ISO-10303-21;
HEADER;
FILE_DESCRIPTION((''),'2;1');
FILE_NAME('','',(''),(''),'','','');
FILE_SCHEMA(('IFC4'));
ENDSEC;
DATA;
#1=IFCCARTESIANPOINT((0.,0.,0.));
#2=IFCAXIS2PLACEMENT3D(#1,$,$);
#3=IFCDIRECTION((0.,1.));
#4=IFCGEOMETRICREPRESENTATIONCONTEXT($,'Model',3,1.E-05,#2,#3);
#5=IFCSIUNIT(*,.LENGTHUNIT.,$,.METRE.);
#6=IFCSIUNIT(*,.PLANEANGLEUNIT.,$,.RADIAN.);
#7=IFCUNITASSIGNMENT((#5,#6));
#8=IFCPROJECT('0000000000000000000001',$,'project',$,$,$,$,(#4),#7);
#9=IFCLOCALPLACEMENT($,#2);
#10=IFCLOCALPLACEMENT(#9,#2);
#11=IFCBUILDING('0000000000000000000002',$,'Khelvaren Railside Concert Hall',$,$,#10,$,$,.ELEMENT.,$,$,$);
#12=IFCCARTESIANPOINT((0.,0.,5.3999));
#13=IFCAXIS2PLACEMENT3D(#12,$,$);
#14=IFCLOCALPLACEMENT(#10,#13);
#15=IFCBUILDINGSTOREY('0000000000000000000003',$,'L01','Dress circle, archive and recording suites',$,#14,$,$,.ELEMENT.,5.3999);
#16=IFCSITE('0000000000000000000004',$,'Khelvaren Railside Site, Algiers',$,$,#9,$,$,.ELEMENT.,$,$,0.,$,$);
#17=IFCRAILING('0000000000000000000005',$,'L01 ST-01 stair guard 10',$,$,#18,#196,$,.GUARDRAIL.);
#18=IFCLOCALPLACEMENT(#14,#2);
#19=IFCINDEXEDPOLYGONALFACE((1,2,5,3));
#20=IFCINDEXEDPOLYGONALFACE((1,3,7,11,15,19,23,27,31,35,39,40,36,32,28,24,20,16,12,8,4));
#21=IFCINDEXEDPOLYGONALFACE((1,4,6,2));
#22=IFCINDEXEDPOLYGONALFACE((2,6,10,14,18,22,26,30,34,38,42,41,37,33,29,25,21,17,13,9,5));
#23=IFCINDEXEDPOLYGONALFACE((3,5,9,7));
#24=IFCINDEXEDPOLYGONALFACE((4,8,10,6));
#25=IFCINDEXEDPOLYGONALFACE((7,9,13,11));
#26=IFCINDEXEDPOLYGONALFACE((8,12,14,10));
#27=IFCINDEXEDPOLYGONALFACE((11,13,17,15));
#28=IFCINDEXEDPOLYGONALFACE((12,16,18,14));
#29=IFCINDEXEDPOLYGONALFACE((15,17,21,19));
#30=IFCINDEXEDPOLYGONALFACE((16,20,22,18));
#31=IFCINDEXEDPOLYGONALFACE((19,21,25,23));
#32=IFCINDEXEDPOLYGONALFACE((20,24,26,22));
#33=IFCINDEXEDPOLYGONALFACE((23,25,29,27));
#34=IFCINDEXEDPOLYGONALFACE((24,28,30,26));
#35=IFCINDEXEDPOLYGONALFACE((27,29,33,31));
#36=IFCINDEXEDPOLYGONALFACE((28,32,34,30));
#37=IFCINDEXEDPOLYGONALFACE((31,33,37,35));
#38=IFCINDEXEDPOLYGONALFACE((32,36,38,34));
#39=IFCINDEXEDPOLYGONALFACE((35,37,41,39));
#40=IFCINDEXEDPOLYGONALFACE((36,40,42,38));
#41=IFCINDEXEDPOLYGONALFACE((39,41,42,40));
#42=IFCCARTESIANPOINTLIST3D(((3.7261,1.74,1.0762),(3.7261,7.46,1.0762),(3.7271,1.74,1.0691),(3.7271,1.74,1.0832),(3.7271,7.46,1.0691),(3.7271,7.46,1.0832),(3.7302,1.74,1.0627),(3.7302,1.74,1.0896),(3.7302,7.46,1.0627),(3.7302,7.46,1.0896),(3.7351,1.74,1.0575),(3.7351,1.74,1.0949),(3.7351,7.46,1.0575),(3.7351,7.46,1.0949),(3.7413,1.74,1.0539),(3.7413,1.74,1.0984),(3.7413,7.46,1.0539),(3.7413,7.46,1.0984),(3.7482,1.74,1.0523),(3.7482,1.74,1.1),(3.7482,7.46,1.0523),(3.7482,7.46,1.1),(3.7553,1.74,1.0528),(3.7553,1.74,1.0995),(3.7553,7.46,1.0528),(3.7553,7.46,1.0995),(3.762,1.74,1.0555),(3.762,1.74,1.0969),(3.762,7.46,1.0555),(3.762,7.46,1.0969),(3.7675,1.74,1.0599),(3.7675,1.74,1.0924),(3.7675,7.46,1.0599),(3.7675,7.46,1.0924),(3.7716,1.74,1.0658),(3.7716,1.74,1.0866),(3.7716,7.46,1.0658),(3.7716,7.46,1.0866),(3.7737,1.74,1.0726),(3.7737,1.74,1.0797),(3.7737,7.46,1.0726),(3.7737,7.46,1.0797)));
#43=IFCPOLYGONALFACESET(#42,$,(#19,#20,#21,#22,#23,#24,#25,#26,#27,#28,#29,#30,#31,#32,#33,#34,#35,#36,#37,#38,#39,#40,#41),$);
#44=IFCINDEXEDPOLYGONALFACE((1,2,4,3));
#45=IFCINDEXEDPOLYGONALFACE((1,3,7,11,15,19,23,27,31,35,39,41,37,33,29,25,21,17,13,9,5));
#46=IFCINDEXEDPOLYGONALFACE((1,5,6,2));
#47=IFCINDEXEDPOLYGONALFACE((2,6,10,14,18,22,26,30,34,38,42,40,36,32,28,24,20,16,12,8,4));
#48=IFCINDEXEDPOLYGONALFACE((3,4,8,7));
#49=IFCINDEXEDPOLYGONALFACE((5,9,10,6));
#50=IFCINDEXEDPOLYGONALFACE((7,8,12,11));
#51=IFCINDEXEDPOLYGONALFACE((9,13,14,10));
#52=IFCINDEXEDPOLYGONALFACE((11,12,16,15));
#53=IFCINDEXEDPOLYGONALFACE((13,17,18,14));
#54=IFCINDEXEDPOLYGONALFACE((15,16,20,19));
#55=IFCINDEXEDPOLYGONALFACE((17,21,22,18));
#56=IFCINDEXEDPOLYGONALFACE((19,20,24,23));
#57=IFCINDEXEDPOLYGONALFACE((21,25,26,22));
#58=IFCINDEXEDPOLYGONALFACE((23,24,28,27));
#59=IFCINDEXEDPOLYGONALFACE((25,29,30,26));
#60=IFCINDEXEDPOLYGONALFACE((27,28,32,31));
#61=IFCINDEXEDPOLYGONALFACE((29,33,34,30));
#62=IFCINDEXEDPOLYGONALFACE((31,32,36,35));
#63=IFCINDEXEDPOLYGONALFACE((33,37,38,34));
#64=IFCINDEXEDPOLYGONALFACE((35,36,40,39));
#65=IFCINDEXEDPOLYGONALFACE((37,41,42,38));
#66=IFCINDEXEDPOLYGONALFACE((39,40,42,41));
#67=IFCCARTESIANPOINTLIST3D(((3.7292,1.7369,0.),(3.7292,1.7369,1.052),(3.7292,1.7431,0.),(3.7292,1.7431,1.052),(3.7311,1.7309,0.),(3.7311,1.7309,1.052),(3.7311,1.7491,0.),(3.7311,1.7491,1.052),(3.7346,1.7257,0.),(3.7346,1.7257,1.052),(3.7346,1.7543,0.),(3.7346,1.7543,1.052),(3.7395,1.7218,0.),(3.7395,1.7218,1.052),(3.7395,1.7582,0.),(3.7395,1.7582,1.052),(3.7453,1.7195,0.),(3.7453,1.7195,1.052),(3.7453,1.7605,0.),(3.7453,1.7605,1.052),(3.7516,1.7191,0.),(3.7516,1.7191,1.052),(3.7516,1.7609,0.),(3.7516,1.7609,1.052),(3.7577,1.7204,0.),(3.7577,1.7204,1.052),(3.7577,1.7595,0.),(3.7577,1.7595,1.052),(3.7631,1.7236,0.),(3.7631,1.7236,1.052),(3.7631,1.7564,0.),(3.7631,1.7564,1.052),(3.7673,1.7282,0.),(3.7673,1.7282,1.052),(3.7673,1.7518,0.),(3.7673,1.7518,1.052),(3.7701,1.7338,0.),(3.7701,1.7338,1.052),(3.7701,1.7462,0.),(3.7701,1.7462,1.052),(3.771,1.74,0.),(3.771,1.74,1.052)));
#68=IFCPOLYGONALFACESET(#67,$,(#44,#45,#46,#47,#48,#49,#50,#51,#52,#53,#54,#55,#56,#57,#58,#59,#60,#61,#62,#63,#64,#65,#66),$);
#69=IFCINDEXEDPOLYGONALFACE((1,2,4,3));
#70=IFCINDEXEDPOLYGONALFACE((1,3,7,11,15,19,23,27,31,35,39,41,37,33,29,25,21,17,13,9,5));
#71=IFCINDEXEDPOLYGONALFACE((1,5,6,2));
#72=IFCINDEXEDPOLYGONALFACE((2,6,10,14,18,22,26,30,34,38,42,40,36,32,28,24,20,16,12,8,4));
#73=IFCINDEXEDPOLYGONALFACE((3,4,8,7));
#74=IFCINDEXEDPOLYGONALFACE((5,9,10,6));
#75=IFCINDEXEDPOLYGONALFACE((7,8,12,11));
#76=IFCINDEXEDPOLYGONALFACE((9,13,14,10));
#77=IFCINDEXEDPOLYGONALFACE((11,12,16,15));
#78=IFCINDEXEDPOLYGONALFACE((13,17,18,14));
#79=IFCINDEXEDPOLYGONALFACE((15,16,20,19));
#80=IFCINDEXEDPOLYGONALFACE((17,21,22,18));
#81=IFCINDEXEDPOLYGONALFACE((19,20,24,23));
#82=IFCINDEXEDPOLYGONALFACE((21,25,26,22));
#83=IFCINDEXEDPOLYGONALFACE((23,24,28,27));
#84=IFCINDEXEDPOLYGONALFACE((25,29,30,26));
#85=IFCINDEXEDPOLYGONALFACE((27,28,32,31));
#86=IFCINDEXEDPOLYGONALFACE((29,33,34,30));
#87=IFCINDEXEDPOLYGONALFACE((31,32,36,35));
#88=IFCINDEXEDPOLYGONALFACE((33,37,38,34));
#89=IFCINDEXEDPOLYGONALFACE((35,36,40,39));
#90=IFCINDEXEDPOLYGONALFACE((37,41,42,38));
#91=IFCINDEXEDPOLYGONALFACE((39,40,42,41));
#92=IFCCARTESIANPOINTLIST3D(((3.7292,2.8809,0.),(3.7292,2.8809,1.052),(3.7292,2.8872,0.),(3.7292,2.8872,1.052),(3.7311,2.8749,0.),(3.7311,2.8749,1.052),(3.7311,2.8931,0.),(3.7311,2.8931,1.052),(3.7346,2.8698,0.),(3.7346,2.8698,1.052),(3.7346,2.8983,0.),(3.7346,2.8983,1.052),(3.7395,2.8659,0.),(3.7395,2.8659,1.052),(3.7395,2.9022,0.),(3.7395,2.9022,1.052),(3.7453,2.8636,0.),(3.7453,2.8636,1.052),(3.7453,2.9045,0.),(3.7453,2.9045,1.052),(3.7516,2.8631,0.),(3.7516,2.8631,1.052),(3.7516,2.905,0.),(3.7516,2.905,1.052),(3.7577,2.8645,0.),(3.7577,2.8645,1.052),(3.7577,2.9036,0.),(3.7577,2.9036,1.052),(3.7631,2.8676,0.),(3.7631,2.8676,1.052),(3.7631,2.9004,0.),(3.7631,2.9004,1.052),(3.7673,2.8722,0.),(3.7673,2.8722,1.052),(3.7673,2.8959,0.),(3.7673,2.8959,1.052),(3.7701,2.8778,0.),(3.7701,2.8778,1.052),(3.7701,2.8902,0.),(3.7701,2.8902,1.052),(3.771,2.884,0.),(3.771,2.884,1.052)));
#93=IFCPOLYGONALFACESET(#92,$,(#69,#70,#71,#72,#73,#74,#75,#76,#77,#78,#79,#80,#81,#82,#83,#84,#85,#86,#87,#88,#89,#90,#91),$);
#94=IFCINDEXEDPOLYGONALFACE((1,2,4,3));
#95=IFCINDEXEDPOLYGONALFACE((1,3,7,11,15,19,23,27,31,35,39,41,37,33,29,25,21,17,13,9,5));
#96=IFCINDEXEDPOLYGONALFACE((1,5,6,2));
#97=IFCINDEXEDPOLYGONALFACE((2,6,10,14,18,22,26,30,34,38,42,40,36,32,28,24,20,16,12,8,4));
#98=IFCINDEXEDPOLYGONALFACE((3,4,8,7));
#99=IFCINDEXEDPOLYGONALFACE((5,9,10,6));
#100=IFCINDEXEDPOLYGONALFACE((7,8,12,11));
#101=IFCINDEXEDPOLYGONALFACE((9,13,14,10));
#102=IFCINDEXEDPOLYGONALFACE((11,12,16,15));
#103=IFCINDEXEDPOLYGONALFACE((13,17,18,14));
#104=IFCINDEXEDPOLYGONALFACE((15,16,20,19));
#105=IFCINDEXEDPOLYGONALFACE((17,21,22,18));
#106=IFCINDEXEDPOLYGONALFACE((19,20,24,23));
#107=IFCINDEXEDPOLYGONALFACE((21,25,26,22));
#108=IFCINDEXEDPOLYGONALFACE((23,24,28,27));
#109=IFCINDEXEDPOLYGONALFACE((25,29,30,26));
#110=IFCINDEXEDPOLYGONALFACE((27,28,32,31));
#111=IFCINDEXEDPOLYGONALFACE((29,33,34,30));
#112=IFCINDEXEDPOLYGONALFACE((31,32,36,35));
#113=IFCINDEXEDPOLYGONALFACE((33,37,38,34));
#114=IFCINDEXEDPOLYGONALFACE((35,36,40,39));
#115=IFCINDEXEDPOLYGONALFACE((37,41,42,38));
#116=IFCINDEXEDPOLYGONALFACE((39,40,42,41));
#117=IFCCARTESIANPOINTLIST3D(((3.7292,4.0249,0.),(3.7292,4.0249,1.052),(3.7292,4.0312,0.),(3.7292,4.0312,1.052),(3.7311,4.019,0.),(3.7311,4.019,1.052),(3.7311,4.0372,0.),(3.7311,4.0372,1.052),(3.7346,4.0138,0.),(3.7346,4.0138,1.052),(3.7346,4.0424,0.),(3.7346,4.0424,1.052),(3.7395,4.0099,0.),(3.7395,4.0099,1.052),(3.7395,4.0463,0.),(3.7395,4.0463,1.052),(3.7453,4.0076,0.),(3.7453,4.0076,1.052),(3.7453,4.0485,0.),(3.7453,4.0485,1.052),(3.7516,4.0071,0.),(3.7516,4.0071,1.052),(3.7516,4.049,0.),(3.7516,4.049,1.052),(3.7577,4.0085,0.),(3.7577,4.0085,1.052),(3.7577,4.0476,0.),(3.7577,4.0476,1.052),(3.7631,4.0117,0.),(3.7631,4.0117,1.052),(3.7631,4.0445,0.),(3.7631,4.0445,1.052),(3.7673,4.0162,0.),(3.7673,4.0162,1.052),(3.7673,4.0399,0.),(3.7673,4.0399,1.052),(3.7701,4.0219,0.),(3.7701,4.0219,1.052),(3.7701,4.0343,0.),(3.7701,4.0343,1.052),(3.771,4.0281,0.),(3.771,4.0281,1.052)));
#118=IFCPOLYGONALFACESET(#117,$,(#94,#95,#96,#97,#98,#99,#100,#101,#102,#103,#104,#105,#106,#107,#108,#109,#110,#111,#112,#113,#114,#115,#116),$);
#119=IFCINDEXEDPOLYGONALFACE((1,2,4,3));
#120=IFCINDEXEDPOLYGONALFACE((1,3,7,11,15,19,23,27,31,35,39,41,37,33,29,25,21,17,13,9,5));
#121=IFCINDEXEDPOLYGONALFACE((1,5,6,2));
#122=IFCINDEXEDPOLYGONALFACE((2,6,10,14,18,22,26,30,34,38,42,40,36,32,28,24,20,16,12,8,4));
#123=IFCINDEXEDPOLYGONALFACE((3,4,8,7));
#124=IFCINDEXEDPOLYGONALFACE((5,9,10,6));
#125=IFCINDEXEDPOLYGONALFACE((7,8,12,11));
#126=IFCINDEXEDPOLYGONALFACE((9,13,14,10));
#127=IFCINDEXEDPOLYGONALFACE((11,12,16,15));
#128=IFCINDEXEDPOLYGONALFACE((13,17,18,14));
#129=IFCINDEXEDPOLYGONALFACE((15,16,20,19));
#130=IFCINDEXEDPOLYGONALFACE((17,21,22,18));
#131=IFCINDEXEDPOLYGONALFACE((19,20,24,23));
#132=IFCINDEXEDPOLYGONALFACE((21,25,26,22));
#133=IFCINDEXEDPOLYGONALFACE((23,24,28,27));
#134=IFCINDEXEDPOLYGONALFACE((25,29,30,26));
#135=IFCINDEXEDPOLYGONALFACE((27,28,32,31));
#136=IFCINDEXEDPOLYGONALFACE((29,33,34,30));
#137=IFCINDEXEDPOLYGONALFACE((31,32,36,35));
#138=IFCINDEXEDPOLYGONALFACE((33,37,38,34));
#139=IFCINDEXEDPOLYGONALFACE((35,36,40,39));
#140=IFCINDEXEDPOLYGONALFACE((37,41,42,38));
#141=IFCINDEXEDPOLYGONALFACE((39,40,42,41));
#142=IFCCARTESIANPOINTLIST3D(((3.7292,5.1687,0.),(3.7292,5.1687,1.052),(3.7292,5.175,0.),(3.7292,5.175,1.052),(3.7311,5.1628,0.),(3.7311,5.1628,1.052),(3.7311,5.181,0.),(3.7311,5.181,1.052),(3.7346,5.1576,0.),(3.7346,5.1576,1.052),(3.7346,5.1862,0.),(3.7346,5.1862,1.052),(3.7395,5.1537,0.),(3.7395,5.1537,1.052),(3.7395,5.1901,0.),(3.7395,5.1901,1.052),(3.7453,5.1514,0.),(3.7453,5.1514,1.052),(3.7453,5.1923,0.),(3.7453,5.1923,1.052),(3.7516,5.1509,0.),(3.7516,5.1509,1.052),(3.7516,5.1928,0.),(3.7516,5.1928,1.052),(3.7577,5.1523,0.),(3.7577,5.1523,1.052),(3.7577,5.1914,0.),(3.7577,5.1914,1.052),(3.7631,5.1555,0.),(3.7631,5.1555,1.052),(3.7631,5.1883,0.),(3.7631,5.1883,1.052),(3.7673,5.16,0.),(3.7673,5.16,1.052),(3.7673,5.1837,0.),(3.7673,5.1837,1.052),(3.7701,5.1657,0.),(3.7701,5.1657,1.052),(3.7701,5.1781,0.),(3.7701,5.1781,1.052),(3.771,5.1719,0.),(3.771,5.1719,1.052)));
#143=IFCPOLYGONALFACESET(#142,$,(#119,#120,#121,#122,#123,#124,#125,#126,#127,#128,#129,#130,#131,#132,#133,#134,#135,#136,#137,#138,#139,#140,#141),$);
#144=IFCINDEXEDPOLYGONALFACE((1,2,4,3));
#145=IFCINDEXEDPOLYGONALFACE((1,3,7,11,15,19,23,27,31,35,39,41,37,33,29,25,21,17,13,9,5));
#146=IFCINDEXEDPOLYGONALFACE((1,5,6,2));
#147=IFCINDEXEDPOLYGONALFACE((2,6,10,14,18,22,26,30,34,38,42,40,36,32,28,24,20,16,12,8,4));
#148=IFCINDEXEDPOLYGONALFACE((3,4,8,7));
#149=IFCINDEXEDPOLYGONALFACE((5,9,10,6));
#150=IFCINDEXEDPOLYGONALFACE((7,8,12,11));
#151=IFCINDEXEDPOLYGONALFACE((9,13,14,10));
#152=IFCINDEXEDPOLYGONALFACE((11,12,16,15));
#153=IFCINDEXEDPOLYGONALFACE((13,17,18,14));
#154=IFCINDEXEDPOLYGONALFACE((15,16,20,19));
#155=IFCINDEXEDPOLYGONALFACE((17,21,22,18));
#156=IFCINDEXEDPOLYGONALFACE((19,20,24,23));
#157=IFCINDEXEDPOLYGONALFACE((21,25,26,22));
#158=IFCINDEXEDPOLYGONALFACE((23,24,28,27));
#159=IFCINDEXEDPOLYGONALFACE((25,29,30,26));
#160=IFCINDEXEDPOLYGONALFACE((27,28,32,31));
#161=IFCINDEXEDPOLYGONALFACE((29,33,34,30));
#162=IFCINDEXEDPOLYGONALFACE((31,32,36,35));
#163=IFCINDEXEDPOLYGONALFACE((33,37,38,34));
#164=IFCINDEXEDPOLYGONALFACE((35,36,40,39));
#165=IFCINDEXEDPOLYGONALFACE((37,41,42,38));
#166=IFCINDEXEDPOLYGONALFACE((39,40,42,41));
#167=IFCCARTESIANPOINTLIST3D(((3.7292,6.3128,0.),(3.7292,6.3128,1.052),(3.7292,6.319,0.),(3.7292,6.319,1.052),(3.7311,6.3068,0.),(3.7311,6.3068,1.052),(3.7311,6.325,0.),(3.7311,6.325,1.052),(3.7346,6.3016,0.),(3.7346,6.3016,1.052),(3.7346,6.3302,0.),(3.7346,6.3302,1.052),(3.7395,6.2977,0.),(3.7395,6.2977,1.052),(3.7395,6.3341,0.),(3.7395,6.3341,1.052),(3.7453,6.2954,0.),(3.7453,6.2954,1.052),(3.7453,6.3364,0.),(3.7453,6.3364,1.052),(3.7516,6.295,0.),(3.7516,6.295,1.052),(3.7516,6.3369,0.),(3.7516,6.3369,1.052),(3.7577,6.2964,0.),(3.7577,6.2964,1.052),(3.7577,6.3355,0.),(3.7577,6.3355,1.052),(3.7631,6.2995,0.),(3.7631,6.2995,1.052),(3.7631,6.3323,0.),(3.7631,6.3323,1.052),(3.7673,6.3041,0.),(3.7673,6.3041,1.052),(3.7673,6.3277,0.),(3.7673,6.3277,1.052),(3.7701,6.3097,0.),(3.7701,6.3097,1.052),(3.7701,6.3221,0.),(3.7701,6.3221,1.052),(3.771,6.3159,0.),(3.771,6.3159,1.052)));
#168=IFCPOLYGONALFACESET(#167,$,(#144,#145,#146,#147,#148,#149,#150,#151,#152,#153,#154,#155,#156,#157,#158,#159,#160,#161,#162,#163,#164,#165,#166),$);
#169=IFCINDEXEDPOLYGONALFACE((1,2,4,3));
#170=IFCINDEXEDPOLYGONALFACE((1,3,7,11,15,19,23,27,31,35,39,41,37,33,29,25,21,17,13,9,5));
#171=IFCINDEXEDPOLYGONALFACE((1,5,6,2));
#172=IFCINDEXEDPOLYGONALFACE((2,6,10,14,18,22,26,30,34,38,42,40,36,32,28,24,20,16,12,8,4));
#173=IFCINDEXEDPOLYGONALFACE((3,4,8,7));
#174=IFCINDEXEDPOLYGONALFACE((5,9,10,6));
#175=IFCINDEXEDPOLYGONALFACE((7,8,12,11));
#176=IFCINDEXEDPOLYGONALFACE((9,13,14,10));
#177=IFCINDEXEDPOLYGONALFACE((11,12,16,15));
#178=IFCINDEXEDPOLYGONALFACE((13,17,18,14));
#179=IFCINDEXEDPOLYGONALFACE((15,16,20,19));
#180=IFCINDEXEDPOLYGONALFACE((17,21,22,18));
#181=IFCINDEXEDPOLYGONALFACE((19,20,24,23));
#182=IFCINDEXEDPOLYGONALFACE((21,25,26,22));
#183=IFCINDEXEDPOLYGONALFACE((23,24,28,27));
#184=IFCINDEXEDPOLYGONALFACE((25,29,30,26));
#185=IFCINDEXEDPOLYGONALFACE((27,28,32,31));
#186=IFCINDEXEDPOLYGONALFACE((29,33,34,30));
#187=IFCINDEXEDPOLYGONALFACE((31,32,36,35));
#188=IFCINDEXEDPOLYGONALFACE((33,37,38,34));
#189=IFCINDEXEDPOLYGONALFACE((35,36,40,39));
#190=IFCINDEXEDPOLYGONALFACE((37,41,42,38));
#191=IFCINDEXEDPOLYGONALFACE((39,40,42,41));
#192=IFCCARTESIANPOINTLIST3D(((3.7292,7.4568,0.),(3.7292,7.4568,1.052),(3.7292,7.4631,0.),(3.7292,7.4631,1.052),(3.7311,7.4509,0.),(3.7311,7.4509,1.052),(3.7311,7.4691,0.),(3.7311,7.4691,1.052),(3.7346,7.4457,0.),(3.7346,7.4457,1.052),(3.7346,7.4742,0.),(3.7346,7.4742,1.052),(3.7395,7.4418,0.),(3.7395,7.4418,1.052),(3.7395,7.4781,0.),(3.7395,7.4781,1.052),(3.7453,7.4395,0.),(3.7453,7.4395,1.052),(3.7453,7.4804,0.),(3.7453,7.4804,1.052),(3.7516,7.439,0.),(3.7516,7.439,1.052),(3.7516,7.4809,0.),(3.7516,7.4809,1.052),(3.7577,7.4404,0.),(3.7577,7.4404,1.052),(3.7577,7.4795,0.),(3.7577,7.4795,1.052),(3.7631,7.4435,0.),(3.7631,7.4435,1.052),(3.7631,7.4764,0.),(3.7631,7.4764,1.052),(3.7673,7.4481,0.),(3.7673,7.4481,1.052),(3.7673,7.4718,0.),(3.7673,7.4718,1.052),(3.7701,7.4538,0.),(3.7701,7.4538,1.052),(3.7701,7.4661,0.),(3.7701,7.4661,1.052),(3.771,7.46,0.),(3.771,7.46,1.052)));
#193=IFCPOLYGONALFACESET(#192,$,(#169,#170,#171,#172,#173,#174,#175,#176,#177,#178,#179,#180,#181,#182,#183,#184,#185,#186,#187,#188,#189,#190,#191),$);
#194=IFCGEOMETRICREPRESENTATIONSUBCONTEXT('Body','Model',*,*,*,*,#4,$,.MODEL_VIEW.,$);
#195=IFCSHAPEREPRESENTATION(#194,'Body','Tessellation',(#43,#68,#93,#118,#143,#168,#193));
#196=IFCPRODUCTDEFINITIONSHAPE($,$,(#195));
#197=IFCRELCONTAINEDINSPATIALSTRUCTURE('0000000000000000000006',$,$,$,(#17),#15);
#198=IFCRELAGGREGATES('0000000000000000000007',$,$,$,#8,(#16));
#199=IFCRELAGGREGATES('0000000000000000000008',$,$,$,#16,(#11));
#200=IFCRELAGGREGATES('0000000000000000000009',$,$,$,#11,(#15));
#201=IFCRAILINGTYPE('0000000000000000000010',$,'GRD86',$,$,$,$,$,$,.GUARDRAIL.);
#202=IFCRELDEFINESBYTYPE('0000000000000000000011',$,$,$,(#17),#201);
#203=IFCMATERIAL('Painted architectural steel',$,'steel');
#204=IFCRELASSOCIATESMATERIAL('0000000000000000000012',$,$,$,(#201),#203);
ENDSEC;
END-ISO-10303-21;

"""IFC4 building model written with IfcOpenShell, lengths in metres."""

from ifc_helpers import new_model, si_unit, direction, frame, origin, origin_2d, place, context, subcontext, project, spatial, circle, extrude, material, type_object, element, save


model = new_model("IFC4")

# Units and contexts
model_context = context("Model", 3, precision=1e-05, world=origin(), true_north=direction((0.0, 1.0)))
body_context = subcontext(model_context, "Body", "Model", "MODEL_VIEW")
ifc_project = project(units=[si_unit("LENGTHUNIT", "METRE"), si_unit("PLANEANGLEUNIT", "RADIAN")], contexts=[model_context])

# Site, building, storey
site_placement = place(None, origin())
site = spatial("IfcSite", under=ifc_project, at=site_placement, Name="Khelvaren Railside Site, Algiers", CompositionType="ELEMENT", RefElevation=0.0)
building_placement = place(site_placement, origin())
building = spatial("IfcBuilding", under=site, at=building_placement, Name="Khelvaren Railside Concert Hall", CompositionType="ELEMENT")
storey_placement = place(building_placement, frame((0.0, 0.0, 5.3999)))
storey = spatial("IfcBuildingStorey", under=building, at=storey_placement, Name="L01", Description="Dress circle, archive and recording suites", CompositionType="ELEMENT", Elevation=5.3999)

# Railing
ifc_material_1 = material(Name="Painted architectural steel", Category="steel")
railing_type_1 = type_object("IfcRailingType", Name="GRD86", PredefinedType="GUARDRAIL", material=ifc_material_1)
for number, where, name in (
    (1, (3.75, 1.74, 0.0), "L01 ST-01 stair guard 10"),
):
    element("IfcRailing", number, at=place(storey_placement, frame(where)), inside=storey, type_object=railing_type_1, Name=name, PredefinedType="GUARDRAIL", context=body_context, shape_type="SweptSolid", body=[
        extrude(circle(Radius=0.0239, at=origin_2d()), frame((0.0, 0.0, 1.0762), z_axis=(0.0, 1.0, 0.0), x_axis=(-1.0, 0.0, 0.0)), (0.0, 0.0, 1.0), 5.72),
        extrude(circle(Radius=0.021, at=origin_2d()), origin(), (0.0, 0.0, 1.0), 1.052),
        extrude(circle(Radius=0.021, at=origin_2d()), frame((0.0, 1.144, 0.0)), (0.0, 0.0, 1.0), 1.052),
        extrude(circle(Radius=0.021, at=origin_2d()), frame((0.0, 2.2881, 0.0)), (0.0, 0.0, 1.0), 1.052),
        extrude(circle(Radius=0.021, at=origin_2d()), frame((0.0, 3.4319, 0.0)), (0.0, 0.0, 1.0), 1.052),
        extrude(circle(Radius=0.021, at=origin_2d()), frame((0.0, 4.5759, 0.0)), (0.0, 0.0, 1.0), 1.052),
        extrude(circle(Radius=0.021, at=origin_2d()), frame((0.0, 5.72, 0.0)), (0.0, 0.0, 1.0), 1.052),
    ])

save(model, "model.ifc")
